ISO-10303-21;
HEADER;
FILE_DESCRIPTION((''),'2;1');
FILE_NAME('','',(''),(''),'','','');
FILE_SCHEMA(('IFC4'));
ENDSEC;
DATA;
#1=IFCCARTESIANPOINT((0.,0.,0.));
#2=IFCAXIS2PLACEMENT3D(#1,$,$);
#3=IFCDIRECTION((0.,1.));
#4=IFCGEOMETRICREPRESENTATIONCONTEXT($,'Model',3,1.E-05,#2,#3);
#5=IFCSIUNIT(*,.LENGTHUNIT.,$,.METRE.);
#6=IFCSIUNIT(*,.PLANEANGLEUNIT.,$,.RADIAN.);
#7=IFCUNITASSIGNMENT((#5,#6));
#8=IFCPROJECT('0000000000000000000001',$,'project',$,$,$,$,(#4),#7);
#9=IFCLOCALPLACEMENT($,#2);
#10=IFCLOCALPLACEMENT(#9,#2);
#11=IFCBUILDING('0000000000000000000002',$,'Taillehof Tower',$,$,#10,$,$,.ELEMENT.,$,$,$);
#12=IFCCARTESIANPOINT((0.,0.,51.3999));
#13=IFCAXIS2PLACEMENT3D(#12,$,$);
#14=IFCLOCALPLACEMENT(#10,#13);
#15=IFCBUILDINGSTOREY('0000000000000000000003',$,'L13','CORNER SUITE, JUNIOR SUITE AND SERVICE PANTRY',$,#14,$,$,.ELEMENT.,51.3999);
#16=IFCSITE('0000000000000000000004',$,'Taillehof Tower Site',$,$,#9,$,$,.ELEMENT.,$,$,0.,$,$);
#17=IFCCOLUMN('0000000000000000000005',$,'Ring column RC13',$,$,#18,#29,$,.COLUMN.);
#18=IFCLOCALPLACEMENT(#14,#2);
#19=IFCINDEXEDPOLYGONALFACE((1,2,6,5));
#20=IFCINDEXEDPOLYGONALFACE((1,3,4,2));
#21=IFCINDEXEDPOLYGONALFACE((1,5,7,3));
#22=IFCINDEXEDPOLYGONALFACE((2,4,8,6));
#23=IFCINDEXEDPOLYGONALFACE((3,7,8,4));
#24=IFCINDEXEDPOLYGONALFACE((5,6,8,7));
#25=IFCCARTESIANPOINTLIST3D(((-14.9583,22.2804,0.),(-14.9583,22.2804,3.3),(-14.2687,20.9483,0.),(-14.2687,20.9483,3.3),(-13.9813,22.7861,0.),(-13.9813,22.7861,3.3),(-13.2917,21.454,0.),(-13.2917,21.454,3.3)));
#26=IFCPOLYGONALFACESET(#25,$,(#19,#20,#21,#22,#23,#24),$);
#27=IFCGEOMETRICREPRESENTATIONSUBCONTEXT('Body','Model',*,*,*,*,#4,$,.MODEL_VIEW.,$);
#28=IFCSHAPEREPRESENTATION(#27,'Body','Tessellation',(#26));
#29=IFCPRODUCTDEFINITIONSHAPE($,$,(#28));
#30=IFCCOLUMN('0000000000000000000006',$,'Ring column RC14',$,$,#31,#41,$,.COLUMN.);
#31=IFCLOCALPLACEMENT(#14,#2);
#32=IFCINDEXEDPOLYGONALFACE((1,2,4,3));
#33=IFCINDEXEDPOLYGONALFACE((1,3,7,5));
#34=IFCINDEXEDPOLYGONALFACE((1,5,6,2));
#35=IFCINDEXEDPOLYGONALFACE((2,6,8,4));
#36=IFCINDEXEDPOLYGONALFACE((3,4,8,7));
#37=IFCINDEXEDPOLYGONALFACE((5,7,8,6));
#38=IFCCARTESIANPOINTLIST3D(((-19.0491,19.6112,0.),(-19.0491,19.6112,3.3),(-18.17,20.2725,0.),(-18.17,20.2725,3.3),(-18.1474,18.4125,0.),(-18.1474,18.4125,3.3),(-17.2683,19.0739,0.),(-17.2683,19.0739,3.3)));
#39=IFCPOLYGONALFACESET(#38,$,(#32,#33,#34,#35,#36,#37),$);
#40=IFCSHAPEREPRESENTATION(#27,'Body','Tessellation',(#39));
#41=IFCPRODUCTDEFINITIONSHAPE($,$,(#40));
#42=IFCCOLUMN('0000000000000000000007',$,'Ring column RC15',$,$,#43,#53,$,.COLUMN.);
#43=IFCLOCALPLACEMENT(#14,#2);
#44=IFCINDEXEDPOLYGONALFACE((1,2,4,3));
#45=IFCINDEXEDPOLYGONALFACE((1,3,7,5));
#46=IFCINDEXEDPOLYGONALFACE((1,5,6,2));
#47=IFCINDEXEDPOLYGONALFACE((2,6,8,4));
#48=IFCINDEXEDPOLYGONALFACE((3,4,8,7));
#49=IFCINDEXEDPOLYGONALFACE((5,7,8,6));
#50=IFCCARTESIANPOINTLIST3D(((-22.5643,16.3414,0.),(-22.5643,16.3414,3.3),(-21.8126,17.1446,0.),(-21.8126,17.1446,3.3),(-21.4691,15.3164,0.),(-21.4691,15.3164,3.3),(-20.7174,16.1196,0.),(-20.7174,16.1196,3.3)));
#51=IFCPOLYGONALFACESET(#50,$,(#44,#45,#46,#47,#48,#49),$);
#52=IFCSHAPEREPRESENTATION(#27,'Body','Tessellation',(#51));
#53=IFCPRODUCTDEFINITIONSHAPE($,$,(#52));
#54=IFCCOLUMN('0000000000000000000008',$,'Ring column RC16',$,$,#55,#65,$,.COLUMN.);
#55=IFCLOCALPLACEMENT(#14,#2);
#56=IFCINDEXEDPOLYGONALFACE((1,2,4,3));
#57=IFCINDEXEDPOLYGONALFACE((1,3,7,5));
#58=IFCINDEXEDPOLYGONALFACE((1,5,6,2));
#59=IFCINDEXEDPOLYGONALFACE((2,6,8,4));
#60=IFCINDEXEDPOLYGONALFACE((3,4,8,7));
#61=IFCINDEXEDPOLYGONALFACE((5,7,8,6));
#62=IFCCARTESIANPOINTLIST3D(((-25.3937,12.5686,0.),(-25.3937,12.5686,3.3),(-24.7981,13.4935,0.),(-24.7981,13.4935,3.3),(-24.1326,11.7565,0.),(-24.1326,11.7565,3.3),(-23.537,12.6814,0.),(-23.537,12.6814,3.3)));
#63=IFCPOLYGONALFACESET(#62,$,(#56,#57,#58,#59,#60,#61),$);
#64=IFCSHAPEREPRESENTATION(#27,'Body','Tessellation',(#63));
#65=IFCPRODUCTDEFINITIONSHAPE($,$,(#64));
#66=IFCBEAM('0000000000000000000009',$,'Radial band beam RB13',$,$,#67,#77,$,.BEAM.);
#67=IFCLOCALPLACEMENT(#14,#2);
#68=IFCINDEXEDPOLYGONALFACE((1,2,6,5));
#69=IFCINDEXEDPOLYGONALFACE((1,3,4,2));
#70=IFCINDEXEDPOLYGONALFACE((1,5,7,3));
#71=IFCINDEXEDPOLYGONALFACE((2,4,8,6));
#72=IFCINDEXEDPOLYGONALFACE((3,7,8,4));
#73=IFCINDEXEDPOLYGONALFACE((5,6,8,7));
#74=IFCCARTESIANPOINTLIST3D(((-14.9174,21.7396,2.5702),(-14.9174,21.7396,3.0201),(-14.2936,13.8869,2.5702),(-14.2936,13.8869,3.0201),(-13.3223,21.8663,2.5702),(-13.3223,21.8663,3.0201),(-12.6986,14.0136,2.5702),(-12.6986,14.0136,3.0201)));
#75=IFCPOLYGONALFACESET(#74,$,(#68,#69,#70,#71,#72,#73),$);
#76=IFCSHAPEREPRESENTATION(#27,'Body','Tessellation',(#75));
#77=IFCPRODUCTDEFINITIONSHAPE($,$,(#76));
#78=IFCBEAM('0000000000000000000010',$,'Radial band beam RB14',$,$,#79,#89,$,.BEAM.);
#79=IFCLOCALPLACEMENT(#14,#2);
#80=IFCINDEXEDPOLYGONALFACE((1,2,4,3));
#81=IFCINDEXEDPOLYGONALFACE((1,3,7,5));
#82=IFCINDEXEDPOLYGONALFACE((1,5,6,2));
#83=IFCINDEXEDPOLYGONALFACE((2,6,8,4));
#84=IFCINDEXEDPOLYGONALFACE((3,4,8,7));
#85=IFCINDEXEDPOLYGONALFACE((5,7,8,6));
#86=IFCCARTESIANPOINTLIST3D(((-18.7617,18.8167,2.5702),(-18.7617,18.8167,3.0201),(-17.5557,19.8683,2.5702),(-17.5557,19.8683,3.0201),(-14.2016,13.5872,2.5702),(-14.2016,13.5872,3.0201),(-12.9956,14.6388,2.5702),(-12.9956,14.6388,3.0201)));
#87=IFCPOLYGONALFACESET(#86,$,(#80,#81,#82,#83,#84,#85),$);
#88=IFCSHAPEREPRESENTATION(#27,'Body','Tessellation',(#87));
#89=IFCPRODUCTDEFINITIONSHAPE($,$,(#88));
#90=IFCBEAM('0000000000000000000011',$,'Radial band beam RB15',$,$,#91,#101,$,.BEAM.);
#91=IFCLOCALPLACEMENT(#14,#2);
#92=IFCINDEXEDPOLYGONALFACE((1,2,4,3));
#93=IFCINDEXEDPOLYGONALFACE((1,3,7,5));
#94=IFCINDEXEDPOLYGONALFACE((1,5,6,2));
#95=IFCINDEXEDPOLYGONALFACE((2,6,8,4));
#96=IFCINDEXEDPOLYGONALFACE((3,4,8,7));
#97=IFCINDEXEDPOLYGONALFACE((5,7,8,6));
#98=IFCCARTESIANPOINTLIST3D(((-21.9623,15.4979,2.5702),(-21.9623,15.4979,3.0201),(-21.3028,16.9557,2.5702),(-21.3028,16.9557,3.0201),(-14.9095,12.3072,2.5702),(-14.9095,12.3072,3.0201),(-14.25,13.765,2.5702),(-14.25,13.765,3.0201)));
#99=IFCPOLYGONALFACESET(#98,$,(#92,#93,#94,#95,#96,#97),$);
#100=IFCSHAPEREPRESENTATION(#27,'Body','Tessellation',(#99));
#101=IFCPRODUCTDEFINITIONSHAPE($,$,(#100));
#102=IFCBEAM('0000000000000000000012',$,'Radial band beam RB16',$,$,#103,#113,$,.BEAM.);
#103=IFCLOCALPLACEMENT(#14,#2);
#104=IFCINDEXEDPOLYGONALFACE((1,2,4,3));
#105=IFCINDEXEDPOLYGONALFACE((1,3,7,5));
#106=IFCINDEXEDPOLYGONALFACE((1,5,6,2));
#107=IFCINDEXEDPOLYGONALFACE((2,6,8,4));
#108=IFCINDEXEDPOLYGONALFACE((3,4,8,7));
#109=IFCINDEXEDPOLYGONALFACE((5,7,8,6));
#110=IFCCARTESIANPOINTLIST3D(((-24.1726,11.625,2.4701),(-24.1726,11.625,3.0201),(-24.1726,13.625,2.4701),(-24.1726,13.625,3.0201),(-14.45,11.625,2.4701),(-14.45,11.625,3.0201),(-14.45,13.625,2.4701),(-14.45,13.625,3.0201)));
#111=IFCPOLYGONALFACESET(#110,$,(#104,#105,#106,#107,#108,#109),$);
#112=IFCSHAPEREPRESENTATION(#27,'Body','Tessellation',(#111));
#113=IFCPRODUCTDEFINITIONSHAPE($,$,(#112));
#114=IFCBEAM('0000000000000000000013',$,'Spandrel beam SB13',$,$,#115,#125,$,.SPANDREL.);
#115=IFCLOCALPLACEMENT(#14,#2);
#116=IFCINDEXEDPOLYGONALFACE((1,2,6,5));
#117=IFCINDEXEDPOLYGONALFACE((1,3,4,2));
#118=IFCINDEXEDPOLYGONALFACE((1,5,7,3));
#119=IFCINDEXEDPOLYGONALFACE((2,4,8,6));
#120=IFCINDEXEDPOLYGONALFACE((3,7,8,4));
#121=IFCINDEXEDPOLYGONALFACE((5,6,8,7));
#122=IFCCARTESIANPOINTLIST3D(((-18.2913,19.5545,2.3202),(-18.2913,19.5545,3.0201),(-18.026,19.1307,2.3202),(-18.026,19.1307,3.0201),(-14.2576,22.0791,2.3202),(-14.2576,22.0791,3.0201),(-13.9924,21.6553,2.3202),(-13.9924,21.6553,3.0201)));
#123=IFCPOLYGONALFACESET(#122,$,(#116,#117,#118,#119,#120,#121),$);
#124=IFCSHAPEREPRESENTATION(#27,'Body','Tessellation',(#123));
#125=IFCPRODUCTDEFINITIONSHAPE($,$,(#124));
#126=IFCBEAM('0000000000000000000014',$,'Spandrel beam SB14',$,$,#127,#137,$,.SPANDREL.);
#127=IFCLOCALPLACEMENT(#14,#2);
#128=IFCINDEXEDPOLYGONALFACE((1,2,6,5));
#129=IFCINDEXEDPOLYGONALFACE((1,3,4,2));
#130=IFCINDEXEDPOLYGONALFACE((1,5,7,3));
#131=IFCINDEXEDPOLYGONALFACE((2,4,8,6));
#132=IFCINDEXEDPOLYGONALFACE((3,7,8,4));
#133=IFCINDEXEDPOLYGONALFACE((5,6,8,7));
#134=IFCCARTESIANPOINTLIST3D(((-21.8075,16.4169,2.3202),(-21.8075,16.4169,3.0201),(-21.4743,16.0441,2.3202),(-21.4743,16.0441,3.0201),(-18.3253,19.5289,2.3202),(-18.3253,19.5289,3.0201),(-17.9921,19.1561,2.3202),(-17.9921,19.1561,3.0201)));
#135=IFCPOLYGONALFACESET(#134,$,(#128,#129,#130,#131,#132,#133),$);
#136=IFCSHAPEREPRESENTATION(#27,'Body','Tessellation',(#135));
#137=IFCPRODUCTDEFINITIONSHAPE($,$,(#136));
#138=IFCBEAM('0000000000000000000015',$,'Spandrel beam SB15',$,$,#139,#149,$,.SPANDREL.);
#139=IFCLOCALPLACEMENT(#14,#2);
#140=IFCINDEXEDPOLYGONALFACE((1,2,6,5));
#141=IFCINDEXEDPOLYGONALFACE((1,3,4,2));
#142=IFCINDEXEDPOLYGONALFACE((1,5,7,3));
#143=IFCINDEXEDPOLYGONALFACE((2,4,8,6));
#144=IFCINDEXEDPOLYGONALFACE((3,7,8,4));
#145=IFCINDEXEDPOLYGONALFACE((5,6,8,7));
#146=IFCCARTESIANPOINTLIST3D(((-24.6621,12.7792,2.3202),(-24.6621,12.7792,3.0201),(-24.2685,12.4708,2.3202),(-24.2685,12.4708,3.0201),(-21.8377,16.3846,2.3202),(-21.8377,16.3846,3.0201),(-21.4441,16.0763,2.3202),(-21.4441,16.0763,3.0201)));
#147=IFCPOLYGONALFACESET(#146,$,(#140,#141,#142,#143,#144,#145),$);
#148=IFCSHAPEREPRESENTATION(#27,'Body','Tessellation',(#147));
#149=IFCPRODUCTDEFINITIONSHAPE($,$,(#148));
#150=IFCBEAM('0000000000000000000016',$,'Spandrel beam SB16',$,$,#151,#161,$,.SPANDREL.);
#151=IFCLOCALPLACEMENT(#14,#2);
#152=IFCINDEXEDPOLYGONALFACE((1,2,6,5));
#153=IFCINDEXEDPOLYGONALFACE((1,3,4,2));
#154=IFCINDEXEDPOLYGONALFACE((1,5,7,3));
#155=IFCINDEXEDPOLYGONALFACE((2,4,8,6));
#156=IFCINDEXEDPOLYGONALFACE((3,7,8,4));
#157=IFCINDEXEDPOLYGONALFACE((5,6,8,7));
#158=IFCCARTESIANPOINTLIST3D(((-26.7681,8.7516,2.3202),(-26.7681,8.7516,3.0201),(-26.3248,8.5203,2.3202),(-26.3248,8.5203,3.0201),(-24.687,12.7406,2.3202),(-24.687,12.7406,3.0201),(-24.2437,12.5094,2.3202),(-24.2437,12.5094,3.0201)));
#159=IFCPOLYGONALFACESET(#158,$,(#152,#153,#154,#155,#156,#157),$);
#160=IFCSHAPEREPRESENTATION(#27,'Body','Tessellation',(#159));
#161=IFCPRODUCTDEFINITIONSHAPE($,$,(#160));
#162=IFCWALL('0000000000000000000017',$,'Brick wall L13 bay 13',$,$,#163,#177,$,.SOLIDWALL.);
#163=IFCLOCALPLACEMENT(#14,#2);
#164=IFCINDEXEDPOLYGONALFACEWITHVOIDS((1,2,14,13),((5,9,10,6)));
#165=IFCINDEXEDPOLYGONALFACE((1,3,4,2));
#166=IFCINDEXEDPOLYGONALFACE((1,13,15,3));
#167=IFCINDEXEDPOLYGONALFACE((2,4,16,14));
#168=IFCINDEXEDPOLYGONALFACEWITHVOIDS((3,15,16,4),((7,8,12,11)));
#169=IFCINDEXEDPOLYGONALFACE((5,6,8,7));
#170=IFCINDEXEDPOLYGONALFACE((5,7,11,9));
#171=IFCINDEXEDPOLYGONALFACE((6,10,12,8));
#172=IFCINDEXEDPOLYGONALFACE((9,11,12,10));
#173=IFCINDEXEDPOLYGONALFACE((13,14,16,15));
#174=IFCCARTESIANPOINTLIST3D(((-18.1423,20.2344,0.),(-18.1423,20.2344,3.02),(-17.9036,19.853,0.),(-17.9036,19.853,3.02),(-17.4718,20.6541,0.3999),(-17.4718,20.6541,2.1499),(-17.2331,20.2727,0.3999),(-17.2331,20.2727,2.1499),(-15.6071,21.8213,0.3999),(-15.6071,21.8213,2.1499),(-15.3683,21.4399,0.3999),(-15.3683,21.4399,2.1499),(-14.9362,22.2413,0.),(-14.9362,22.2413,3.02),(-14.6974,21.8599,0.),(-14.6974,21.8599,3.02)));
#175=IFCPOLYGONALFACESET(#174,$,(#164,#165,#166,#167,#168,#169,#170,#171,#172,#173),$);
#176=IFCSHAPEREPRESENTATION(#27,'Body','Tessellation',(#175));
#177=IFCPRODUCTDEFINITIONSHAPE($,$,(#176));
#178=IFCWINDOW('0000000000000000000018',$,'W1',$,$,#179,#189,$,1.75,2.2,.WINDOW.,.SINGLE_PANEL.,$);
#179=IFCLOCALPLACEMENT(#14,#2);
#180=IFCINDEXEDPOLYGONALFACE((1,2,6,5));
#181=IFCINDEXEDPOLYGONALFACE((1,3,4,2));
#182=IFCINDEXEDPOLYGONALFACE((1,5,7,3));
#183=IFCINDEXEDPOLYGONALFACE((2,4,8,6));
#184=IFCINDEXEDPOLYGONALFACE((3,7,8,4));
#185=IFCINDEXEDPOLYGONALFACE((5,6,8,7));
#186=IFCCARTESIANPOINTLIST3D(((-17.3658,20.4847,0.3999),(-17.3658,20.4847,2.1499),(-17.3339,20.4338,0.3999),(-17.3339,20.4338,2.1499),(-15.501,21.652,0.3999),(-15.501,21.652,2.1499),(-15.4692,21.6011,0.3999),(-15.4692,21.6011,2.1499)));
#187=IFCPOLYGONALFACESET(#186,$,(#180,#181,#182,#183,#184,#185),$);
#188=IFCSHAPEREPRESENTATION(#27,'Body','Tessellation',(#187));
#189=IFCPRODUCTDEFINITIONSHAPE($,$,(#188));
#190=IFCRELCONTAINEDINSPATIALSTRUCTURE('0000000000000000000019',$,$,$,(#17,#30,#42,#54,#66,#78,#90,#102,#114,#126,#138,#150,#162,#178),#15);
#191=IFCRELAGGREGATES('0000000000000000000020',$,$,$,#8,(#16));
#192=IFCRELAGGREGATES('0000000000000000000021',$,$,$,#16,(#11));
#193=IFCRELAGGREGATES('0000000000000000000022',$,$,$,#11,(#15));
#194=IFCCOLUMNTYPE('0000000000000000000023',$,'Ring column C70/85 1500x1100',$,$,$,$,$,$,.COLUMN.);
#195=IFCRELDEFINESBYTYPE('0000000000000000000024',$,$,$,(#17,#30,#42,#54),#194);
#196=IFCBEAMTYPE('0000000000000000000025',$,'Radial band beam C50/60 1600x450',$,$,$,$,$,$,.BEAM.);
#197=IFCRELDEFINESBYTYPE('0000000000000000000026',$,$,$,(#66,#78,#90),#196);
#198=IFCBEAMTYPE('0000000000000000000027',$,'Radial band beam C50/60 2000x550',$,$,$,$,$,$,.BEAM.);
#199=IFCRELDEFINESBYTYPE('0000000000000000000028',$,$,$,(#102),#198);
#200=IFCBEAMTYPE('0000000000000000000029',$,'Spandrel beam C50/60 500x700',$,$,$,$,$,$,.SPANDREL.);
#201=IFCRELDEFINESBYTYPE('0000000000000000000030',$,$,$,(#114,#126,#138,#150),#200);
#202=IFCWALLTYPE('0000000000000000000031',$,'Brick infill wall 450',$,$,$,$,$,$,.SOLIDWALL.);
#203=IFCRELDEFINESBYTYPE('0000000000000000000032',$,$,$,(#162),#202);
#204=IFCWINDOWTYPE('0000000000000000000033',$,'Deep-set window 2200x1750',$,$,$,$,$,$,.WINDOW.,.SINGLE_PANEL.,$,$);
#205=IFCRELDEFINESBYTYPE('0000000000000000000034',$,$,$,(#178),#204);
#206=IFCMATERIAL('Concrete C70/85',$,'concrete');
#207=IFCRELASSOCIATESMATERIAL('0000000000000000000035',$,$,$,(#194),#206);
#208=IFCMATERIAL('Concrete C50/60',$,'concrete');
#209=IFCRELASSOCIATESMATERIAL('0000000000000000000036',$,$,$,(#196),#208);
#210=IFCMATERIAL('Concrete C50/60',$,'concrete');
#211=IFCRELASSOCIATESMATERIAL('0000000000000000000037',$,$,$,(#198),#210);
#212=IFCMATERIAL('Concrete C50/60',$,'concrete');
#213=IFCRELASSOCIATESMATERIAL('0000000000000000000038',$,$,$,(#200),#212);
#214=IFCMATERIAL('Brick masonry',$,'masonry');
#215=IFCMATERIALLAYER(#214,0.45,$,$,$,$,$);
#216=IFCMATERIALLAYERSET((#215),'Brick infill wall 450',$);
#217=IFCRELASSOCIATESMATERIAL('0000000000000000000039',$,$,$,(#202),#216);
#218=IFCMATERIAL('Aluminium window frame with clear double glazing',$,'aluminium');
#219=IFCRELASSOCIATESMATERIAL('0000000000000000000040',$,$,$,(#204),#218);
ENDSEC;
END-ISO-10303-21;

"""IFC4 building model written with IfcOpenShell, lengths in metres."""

from ifc_helpers import new_model, si_unit, direction, frame, frame_2d, origin, origin_2d, place, context, subcontext, project, spatial, rectangle, extrude, material, layer, layer_set, material_profile, profile_set, type_object, element, fill, save


model = new_model("IFC4")

# Units and contexts
model_context = context("Model", 3, precision=1e-05, world=origin(), true_north=direction((0.0, 1.0)))
body_context = subcontext(model_context, "Body", "Model", "MODEL_VIEW")
ifc_project = project(units=[si_unit("LENGTHUNIT", "METRE"), si_unit("PLANEANGLEUNIT", "RADIAN")], contexts=[model_context])

# Site, building, storey
site_placement = place(None, origin())
site = spatial("IfcSite", under=ifc_project, at=site_placement, Name="Taillehof Tower Site", CompositionType="ELEMENT", RefElevation=0.0)
building_placement = place(site_placement, origin())
building = spatial("IfcBuilding", under=site, at=building_placement, Name="Taillehof Tower", CompositionType="ELEMENT")
storey_placement = place(building_placement, frame((0.0, 0.0, 51.3999)))
storey = spatial("IfcBuildingStorey", under=building, at=storey_placement, Name="L13", Description="CORNER SUITE, JUNIOR SUITE AND SERVICE PANTRY", CompositionType="ELEMENT", Elevation=51.3999)

# Columns
ifc_material_1 = material(Name="Concrete C70/85", Category="concrete")
ifc_material_profile_1 = material_profile(ifc_material_1, rectangle(XDim=1.5, YDim=1.1001, at=origin_2d()), Name="RC 1500x1100")
ifc_profile_set_1 = profile_set([ifc_material_profile_1], Name="Concrete C70/85")
column_type = type_object("IfcColumnType", Name="Ring column C70/85 1500x1100", PredefinedType="COLUMN", material=ifc_profile_set_1)
for number, where, z_axis, x_axis, name in (
    (1, (-14.125, 21.8672, 0.0), (0.0, 0.0, 1.0), (-0.459691, 0.888079, 0.0), "Ring column RC13"),
    (2, (-18.1587, 19.3425, 0.0), (0.0, 0.0, 1.0), (-0.601174, 0.799118, 0.0), "Ring column RC14"),
    (3, (-21.6409, 16.2305, 0.0), (0.0, 0.0, 1.0), (-0.730113, 0.683326, 0.0), "Ring column RC15"),
    (4, (-24.4653, 12.625, 0.0), (0.0, 0.0, 1.0), (-0.840754, 0.541418, 0.0), "Ring column RC16"),
):
    element("IfcColumn", number, at=place(storey_placement, frame(where, z_axis=z_axis, x_axis=x_axis)), inside=storey, type_object=column_type, Name=name, PredefinedType="COLUMN", context=body_context, shape_type="SweptSolid", body=[
        extrude(rectangle(XDim=1.5, YDim=1.1001, at=origin_2d()), origin(), (0.0, 0.0, 1.0), 3.3),
    ])

# Beams
ifc_material_2 = material(Name="Concrete C50/60", Category="concrete")
ifc_material_profile_2 = material_profile(ifc_material_2, rectangle(XDim=1.6001, YDim=0.45, at=origin_2d()), Name="RC 1600x450")
ifc_profile_set_2 = profile_set([ifc_material_profile_2], Name="Concrete C50/60")
beam_type_1 = type_object("IfcBeamType", Name="Radial band beam C50/60 1600x450", PredefinedType="BEAM", material=ifc_profile_set_2)
beam_1_placement = place(storey_placement, frame((-14.1199, 21.803, 2.7952), z_axis=(0.079185, -0.99686, 0.0), x_axis=(0.99686, 0.079185, 0.0)))
element("IfcBeam", 5, at=beam_1_placement, inside=storey, type_object=beam_type_1, Name="Radial band beam RB13", PredefinedType="BEAM", context=body_context, shape_type="SweptSolid", body=[
    extrude(rectangle(XDim=1.6001, YDim=0.45, at=origin_2d()), origin(), (0.0, 0.0, 1.0), 7.8774),
])
beam_2_placement = place(storey_placement, frame((-18.1587, 19.3425, 2.7952), z_axis=(0.657218, -0.7537, 0.0), x_axis=(0.7537, 0.657218, 0.0)))
element("IfcBeam", 6, at=beam_2_placement, inside=storey, type_object=beam_type_1, Name="Radial band beam RB14", PredefinedType="BEAM", context=body_context, shape_type="SweptSolid", body=[
    extrude(rectangle(XDim=1.6001, YDim=0.45, at=origin_2d()), origin(), (0.0, 0.0, 1.0), 6.9385),
])
beam_3_placement = place(storey_placement, frame((-21.6326, 16.2268, 2.7952), z_axis=(0.911101, -0.412184, 0.0), x_axis=(0.412184, 0.911101, 0.0)))
element("IfcBeam", 7, at=beam_3_placement, inside=storey, type_object=beam_type_1, Name="Radial band beam RB15", PredefinedType="BEAM", context=body_context, shape_type="SweptSolid", body=[
    extrude(rectangle(XDim=1.6001, YDim=0.45, at=origin_2d()), origin(), (0.0, 0.0, 1.0), 7.741),
])
ifc_material_3 = material(Name="Concrete C50/60", Category="concrete")
ifc_material_profile_3 = material_profile(ifc_material_3, rectangle(XDim=2.0, YDim=0.55, at=origin_2d()), Name="RC 2000x550")
ifc_profile_set_3 = profile_set([ifc_material_profile_3], Name="Concrete C50/60")
beam_type_2 = type_object("IfcBeamType", Name="Radial band beam C50/60 2000x550", PredefinedType="BEAM", material=ifc_profile_set_3)
beam_4_placement = place(storey_placement, frame((-24.1726, 12.625, 2.7451), z_axis=(1.0, 0.0, 0.0), x_axis=(0.0, 1.0, 0.0)))
element("IfcBeam", 8, at=beam_4_placement, inside=storey, type_object=beam_type_2, Name="Radial band beam RB16", PredefinedType="BEAM", context=body_context, shape_type="SweptSolid", body=[
    extrude(rectangle(XDim=2.0, YDim=0.55, at=origin_2d()), origin(), (0.0, 0.0, 1.0), 9.7227),
])
ifc_material_4 = material(Name="Concrete C50/60", Category="concrete")
ifc_material_profile_4 = material_profile(ifc_material_4, rectangle(XDim=0.5, YDim=0.7, at=origin_2d()), Name="RC 500x700")
ifc_profile_set_4 = profile_set([ifc_material_profile_4], Name="Concrete C50/60")
beam_type_3 = type_object("IfcBeamType", Name="Spandrel beam C50/60 500x700", PredefinedType="SPANDREL", material=ifc_profile_set_4)
beam_5_placement = place(storey_placement, frame((-14.125, 21.8672, 2.6702), z_axis=(-0.847658, -0.530543, 0.0), x_axis=(0.530543, -0.847658, 0.0)))
element("IfcBeam", 9, at=beam_5_placement, inside=storey, type_object=beam_type_3, Name="Spandrel beam SB13", PredefinedType="SPANDREL", context=body_context, shape_type="SweptSolid", body=[
    extrude(rectangle(XDim=0.5, YDim=0.7, at=origin_2d()), origin(), (0.0, 0.0, 1.0), 4.7585),
])
beam_6_placement = place(storey_placement, frame((-18.1587, 19.3425, 2.6702), z_axis=(-0.745621, -0.66637, 0.0), x_axis=(0.66637, -0.745621, 0.0)))
element("IfcBeam", 10, at=beam_6_placement, inside=storey, type_object=beam_type_3, Name="Spandrel beam SB14", PredefinedType="SPANDREL", context=body_context, shape_type="SweptSolid", body=[
    extrude(rectangle(XDim=0.5, YDim=0.7, at=origin_2d()), origin(), (0.0, 0.0, 1.0), 4.6702),
])
beam_7_placement = place(storey_placement, frame((-21.6409, 16.2305, 2.6702), z_axis=(-0.616686, -0.787209, 0.0), x_axis=(0.787209, -0.616686, 0.0)))
element("IfcBeam", 11, at=beam_7_placement, inside=storey, type_object=beam_type_3, Name="Spandrel beam SB15", PredefinedType="SPANDREL", context=body_context, shape_type="SweptSolid", body=[
    extrude(rectangle(XDim=0.5, YDim=0.7, at=origin_2d()), origin(), (0.0, 0.0, 1.0), 4.5801),
])
beam_8_placement = place(storey_placement, frame((-24.4653, 12.625, 2.6702), z_axis=(-0.462536, -0.8866, 0.0), x_axis=(0.8866, -0.462536, 0.0)))
element("IfcBeam", 12, at=beam_8_placement, inside=storey, type_object=beam_type_3, Name="Spandrel beam SB16", PredefinedType="SPANDREL", context=body_context, shape_type="SweptSolid", body=[
    extrude(rectangle(XDim=0.5, YDim=0.7, at=origin_2d()), origin(), (0.0, 0.0, 1.0), 4.4993),
])

# Wall, opening, window
ifc_material_5 = material(Name="Brick masonry", Category="masonry")
ifc_layer_1 = layer(ifc_material_5, 0.45)
ifc_layer_set_1 = layer_set([ifc_layer_1], Name="Brick infill wall 450")
wall_type_1 = type_object("IfcWallType", Name="Brick infill wall 450", PredefinedType="SOLIDWALL", material=ifc_layer_set_1)
wall_1_placement = place(storey_placement, frame((-14.8169, 22.0505, 0.0), z_axis=(0.0, 0.0, 1.0), x_axis=(-0.847635, -0.530579, 0.0)))
wall_1 = element("IfcWall", 13, at=wall_1_placement, inside=storey, type_object=wall_type_1, Name="Brick wall L13 bay 13", PredefinedType="SOLIDWALL", context=body_context, shape_type="SweptSolid", body=[
    extrude(rectangle(XDim=3.7825, YDim=0.45, at=frame_2d((1.8911, 0.0))), origin(), (0.0, 0.0, 1.0), 3.02),
])
opening_1_placement = place(wall_1_placement, frame((0.7913, 0.0, 0.3999)))
opening_1 = element("IfcOpeningElement", 14, at=opening_1_placement, cuts=wall_1, PredefinedType="OPENING", context=body_context, shape_type="SweptSolid", body=[
    extrude(rectangle(XDim=2.2, YDim=1.75, at=frame_2d((1.1001, 0.875))), frame((0.0, 0.2349, 0.0), z_axis=(0.0, -1.0, 0.0), x_axis=(1.0, 0.0, 0.0)), (0.0, 0.0, 1.0), 0.47),
])
ifc_material_6 = material(Name="Aluminium window frame with clear double glazing", Category="aluminium")
window_type = type_object("IfcWindowType", Name="Deep-set window 2200x1750", PartitioningType="SINGLE_PANEL", PredefinedType="WINDOW", material=ifc_material_6)
window_1_placement = place(opening_1_placement, origin())
window_1 = element("IfcWindow", 15, at=window_1_placement, inside=storey, type_object=window_type, Name="W1", OverallHeight=1.75, OverallWidth=2.2, PartitioningType="SINGLE_PANEL", PredefinedType="WINDOW", context=body_context, shape_type="SweptSolid", body=[
    extrude(rectangle(XDim=2.2, YDim=1.75, at=frame_2d((1.1001, 0.875))), frame((0.0, 0.0349, 0.0), z_axis=(0.0, -1.0, 0.0), x_axis=(1.0, 0.0, 0.0)), (0.0, 0.0, 1.0), 0.0601),
])
fill(opening_1, window_1)

save(model, "model.ifc")
